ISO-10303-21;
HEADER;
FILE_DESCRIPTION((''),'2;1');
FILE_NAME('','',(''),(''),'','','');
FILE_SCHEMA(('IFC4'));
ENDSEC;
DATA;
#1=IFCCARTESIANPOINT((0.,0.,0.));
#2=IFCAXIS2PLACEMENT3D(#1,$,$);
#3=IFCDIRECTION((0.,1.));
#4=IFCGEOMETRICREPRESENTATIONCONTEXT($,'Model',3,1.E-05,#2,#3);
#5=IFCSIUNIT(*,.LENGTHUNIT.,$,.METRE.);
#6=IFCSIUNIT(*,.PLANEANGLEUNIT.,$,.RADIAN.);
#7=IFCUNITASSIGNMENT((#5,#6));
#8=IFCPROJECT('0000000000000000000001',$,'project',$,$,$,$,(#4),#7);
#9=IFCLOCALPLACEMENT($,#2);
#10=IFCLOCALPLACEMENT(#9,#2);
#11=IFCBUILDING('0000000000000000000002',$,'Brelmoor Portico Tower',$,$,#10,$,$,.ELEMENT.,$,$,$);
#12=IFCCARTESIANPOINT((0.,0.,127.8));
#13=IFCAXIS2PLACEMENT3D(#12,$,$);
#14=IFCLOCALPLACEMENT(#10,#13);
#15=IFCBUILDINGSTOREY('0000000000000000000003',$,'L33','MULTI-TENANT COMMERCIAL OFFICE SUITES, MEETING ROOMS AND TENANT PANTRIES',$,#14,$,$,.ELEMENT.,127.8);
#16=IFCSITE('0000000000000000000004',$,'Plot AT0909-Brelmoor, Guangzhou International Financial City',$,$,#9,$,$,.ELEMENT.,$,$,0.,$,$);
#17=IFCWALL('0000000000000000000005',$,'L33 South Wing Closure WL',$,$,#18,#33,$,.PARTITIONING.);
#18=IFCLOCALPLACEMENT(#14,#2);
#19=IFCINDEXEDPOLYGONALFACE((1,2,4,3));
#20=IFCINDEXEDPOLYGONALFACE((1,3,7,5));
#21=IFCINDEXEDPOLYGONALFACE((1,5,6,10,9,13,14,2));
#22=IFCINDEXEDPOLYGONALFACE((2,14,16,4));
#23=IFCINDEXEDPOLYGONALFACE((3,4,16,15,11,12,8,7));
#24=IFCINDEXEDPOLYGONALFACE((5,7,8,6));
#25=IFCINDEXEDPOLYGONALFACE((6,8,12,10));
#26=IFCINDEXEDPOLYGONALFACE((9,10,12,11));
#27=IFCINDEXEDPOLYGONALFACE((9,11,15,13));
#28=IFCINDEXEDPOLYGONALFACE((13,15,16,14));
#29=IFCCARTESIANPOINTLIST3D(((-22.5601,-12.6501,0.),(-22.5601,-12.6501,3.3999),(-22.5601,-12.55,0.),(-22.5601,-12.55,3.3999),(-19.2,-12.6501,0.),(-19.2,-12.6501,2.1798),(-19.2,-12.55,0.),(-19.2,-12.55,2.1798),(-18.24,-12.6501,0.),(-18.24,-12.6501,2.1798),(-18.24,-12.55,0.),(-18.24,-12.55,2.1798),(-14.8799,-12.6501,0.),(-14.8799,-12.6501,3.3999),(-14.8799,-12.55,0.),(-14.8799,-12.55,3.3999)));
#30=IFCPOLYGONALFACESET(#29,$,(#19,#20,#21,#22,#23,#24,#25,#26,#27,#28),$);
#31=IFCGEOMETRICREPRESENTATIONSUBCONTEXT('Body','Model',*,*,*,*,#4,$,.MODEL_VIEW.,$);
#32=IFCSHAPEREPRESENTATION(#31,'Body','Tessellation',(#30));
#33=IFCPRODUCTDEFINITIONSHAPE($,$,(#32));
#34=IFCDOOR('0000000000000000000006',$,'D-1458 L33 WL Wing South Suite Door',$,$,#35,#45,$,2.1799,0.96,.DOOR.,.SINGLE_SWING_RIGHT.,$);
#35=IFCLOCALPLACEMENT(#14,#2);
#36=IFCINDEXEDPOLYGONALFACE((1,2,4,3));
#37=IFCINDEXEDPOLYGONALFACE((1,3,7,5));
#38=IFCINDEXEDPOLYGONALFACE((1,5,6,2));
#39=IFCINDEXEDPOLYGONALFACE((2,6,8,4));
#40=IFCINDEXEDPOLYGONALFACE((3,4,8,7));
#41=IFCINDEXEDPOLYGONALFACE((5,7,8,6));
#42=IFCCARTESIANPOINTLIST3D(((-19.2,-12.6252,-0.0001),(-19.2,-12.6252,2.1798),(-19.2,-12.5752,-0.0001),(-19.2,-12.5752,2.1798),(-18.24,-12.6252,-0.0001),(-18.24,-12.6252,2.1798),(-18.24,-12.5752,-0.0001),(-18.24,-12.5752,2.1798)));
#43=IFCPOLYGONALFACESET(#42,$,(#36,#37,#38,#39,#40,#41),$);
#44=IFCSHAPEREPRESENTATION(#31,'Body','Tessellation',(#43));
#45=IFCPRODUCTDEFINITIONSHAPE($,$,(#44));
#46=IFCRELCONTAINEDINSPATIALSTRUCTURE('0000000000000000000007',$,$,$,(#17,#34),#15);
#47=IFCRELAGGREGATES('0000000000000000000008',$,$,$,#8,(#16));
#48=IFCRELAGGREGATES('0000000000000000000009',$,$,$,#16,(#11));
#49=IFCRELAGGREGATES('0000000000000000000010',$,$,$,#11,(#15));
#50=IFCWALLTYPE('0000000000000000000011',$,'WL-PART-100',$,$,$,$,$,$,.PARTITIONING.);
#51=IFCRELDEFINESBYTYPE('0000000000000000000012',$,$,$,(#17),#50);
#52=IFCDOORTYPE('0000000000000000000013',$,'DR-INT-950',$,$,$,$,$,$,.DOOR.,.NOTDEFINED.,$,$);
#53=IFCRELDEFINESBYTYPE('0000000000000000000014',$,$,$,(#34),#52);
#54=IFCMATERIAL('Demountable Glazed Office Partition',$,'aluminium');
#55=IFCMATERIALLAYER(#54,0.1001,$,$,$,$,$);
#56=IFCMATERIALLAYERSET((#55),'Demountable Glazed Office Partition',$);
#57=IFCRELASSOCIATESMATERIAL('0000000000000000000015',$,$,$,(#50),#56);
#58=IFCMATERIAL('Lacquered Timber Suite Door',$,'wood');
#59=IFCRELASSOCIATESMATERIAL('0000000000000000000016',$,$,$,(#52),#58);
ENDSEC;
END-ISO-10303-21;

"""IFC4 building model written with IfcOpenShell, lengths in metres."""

from ifc_helpers import new_model, si_unit, direction, frame, frame_2d, origin, place, context, subcontext, project, spatial, rectangle, extrude, material, layer, layer_set, type_object, element, fill, save


model = new_model("IFC4")

# Units and contexts
model_context = context("Model", 3, precision=1e-05, world=origin(), true_north=direction((0.0, 1.0)))
body_context = subcontext(model_context, "Body", "Model", "MODEL_VIEW")
ifc_project = project(units=[si_unit("LENGTHUNIT", "METRE"), si_unit("PLANEANGLEUNIT", "RADIAN")], contexts=[model_context])

# Site, building, storey
site_placement = place(None, origin())
site = spatial("IfcSite", under=ifc_project, at=site_placement, Name="Plot AT0909-Brelmoor, Guangzhou International Financial City", CompositionType="ELEMENT", RefElevation=0.0)
building_placement = place(site_placement, origin())
building = spatial("IfcBuilding", under=site, at=building_placement, Name="Brelmoor Portico Tower", CompositionType="ELEMENT")
storey_placement = place(building_placement, frame((0.0, 0.0, 127.8)))
storey = spatial("IfcBuildingStorey", under=building, at=storey_placement, Name="L33", Description="MULTI-TENANT COMMERCIAL OFFICE SUITES, MEETING ROOMS AND TENANT PANTRIES", CompositionType="ELEMENT", Elevation=127.8)

# Wall, opening, door
ifc_material_1 = material(Name="Demountable Glazed Office Partition", Category="aluminium")
ifc_layer_1 = layer(ifc_material_1, 0.1001)
ifc_layer_set_1 = layer_set([ifc_layer_1], Name="Demountable Glazed Office Partition")
wall_type_1 = type_object("IfcWallType", Name="WL-PART-100", PredefinedType="PARTITIONING", material=ifc_layer_set_1)
wall_placement = place(storey_placement, frame((-22.5601, -12.6001, 0.0), z_axis=(0.0, 0.0, 1.0), x_axis=(1.0, 0.0, 0.0)))
wall = element("IfcWall", 1, at=wall_placement, inside=storey, type_object=wall_type_1, Name="L33 South Wing Closure WL", PredefinedType="PARTITIONING", context=body_context, shape_type="SweptSolid", body=[
    extrude(rectangle(XDim=7.6802, YDim=0.1001, at=frame_2d((3.8401, 0.0))), origin(), (0.0, 0.0, 1.0), 3.3999),
])
opening_placement = place(wall_placement, frame((3.3601, 0.0, 0.0)))
opening = element("IfcOpeningElement", 2, at=opening_placement, cuts=wall, PredefinedType="OPENING", context=body_context, shape_type="SweptSolid", body=[
    extrude(rectangle(XDim=0.96, YDim=2.1799, at=frame_2d((0.48, 1.0898))), frame((0.0, 0.0601, 0.0), z_axis=(0.0, -1.0, 0.0), x_axis=(1.0, 0.0, 0.0)), (0.0, 0.0, 1.0), 0.1201),
])
ifc_material_2 = material(Name="Lacquered Timber Suite Door", Category="wood")
door_type = type_object("IfcDoorType", Name="DR-INT-950", OperationType="NOTDEFINED", PredefinedType="DOOR", material=ifc_material_2)
door_placement = place(opening_placement, origin())
door = element("IfcDoor", 3, at=door_placement, inside=storey, type_object=door_type, Name="D-1458 L33 WL Wing South Suite Door", OperationType="SINGLE_SWING_RIGHT", OverallHeight=2.1799, OverallWidth=0.96, PredefinedType="DOOR", context=body_context, shape_type="SweptSolid", body=[
    extrude(rectangle(XDim=0.96, YDim=2.1799, at=frame_2d((0.48, 1.0898))), frame((0.0, 0.0249, 0.0), z_axis=(0.0, -1.0, 0.0), x_axis=(1.0, 0.0, 0.0)), (0.0, 0.0, 1.0), 0.05),
])
fill(opening, door)

save(model, "model.ifc")
